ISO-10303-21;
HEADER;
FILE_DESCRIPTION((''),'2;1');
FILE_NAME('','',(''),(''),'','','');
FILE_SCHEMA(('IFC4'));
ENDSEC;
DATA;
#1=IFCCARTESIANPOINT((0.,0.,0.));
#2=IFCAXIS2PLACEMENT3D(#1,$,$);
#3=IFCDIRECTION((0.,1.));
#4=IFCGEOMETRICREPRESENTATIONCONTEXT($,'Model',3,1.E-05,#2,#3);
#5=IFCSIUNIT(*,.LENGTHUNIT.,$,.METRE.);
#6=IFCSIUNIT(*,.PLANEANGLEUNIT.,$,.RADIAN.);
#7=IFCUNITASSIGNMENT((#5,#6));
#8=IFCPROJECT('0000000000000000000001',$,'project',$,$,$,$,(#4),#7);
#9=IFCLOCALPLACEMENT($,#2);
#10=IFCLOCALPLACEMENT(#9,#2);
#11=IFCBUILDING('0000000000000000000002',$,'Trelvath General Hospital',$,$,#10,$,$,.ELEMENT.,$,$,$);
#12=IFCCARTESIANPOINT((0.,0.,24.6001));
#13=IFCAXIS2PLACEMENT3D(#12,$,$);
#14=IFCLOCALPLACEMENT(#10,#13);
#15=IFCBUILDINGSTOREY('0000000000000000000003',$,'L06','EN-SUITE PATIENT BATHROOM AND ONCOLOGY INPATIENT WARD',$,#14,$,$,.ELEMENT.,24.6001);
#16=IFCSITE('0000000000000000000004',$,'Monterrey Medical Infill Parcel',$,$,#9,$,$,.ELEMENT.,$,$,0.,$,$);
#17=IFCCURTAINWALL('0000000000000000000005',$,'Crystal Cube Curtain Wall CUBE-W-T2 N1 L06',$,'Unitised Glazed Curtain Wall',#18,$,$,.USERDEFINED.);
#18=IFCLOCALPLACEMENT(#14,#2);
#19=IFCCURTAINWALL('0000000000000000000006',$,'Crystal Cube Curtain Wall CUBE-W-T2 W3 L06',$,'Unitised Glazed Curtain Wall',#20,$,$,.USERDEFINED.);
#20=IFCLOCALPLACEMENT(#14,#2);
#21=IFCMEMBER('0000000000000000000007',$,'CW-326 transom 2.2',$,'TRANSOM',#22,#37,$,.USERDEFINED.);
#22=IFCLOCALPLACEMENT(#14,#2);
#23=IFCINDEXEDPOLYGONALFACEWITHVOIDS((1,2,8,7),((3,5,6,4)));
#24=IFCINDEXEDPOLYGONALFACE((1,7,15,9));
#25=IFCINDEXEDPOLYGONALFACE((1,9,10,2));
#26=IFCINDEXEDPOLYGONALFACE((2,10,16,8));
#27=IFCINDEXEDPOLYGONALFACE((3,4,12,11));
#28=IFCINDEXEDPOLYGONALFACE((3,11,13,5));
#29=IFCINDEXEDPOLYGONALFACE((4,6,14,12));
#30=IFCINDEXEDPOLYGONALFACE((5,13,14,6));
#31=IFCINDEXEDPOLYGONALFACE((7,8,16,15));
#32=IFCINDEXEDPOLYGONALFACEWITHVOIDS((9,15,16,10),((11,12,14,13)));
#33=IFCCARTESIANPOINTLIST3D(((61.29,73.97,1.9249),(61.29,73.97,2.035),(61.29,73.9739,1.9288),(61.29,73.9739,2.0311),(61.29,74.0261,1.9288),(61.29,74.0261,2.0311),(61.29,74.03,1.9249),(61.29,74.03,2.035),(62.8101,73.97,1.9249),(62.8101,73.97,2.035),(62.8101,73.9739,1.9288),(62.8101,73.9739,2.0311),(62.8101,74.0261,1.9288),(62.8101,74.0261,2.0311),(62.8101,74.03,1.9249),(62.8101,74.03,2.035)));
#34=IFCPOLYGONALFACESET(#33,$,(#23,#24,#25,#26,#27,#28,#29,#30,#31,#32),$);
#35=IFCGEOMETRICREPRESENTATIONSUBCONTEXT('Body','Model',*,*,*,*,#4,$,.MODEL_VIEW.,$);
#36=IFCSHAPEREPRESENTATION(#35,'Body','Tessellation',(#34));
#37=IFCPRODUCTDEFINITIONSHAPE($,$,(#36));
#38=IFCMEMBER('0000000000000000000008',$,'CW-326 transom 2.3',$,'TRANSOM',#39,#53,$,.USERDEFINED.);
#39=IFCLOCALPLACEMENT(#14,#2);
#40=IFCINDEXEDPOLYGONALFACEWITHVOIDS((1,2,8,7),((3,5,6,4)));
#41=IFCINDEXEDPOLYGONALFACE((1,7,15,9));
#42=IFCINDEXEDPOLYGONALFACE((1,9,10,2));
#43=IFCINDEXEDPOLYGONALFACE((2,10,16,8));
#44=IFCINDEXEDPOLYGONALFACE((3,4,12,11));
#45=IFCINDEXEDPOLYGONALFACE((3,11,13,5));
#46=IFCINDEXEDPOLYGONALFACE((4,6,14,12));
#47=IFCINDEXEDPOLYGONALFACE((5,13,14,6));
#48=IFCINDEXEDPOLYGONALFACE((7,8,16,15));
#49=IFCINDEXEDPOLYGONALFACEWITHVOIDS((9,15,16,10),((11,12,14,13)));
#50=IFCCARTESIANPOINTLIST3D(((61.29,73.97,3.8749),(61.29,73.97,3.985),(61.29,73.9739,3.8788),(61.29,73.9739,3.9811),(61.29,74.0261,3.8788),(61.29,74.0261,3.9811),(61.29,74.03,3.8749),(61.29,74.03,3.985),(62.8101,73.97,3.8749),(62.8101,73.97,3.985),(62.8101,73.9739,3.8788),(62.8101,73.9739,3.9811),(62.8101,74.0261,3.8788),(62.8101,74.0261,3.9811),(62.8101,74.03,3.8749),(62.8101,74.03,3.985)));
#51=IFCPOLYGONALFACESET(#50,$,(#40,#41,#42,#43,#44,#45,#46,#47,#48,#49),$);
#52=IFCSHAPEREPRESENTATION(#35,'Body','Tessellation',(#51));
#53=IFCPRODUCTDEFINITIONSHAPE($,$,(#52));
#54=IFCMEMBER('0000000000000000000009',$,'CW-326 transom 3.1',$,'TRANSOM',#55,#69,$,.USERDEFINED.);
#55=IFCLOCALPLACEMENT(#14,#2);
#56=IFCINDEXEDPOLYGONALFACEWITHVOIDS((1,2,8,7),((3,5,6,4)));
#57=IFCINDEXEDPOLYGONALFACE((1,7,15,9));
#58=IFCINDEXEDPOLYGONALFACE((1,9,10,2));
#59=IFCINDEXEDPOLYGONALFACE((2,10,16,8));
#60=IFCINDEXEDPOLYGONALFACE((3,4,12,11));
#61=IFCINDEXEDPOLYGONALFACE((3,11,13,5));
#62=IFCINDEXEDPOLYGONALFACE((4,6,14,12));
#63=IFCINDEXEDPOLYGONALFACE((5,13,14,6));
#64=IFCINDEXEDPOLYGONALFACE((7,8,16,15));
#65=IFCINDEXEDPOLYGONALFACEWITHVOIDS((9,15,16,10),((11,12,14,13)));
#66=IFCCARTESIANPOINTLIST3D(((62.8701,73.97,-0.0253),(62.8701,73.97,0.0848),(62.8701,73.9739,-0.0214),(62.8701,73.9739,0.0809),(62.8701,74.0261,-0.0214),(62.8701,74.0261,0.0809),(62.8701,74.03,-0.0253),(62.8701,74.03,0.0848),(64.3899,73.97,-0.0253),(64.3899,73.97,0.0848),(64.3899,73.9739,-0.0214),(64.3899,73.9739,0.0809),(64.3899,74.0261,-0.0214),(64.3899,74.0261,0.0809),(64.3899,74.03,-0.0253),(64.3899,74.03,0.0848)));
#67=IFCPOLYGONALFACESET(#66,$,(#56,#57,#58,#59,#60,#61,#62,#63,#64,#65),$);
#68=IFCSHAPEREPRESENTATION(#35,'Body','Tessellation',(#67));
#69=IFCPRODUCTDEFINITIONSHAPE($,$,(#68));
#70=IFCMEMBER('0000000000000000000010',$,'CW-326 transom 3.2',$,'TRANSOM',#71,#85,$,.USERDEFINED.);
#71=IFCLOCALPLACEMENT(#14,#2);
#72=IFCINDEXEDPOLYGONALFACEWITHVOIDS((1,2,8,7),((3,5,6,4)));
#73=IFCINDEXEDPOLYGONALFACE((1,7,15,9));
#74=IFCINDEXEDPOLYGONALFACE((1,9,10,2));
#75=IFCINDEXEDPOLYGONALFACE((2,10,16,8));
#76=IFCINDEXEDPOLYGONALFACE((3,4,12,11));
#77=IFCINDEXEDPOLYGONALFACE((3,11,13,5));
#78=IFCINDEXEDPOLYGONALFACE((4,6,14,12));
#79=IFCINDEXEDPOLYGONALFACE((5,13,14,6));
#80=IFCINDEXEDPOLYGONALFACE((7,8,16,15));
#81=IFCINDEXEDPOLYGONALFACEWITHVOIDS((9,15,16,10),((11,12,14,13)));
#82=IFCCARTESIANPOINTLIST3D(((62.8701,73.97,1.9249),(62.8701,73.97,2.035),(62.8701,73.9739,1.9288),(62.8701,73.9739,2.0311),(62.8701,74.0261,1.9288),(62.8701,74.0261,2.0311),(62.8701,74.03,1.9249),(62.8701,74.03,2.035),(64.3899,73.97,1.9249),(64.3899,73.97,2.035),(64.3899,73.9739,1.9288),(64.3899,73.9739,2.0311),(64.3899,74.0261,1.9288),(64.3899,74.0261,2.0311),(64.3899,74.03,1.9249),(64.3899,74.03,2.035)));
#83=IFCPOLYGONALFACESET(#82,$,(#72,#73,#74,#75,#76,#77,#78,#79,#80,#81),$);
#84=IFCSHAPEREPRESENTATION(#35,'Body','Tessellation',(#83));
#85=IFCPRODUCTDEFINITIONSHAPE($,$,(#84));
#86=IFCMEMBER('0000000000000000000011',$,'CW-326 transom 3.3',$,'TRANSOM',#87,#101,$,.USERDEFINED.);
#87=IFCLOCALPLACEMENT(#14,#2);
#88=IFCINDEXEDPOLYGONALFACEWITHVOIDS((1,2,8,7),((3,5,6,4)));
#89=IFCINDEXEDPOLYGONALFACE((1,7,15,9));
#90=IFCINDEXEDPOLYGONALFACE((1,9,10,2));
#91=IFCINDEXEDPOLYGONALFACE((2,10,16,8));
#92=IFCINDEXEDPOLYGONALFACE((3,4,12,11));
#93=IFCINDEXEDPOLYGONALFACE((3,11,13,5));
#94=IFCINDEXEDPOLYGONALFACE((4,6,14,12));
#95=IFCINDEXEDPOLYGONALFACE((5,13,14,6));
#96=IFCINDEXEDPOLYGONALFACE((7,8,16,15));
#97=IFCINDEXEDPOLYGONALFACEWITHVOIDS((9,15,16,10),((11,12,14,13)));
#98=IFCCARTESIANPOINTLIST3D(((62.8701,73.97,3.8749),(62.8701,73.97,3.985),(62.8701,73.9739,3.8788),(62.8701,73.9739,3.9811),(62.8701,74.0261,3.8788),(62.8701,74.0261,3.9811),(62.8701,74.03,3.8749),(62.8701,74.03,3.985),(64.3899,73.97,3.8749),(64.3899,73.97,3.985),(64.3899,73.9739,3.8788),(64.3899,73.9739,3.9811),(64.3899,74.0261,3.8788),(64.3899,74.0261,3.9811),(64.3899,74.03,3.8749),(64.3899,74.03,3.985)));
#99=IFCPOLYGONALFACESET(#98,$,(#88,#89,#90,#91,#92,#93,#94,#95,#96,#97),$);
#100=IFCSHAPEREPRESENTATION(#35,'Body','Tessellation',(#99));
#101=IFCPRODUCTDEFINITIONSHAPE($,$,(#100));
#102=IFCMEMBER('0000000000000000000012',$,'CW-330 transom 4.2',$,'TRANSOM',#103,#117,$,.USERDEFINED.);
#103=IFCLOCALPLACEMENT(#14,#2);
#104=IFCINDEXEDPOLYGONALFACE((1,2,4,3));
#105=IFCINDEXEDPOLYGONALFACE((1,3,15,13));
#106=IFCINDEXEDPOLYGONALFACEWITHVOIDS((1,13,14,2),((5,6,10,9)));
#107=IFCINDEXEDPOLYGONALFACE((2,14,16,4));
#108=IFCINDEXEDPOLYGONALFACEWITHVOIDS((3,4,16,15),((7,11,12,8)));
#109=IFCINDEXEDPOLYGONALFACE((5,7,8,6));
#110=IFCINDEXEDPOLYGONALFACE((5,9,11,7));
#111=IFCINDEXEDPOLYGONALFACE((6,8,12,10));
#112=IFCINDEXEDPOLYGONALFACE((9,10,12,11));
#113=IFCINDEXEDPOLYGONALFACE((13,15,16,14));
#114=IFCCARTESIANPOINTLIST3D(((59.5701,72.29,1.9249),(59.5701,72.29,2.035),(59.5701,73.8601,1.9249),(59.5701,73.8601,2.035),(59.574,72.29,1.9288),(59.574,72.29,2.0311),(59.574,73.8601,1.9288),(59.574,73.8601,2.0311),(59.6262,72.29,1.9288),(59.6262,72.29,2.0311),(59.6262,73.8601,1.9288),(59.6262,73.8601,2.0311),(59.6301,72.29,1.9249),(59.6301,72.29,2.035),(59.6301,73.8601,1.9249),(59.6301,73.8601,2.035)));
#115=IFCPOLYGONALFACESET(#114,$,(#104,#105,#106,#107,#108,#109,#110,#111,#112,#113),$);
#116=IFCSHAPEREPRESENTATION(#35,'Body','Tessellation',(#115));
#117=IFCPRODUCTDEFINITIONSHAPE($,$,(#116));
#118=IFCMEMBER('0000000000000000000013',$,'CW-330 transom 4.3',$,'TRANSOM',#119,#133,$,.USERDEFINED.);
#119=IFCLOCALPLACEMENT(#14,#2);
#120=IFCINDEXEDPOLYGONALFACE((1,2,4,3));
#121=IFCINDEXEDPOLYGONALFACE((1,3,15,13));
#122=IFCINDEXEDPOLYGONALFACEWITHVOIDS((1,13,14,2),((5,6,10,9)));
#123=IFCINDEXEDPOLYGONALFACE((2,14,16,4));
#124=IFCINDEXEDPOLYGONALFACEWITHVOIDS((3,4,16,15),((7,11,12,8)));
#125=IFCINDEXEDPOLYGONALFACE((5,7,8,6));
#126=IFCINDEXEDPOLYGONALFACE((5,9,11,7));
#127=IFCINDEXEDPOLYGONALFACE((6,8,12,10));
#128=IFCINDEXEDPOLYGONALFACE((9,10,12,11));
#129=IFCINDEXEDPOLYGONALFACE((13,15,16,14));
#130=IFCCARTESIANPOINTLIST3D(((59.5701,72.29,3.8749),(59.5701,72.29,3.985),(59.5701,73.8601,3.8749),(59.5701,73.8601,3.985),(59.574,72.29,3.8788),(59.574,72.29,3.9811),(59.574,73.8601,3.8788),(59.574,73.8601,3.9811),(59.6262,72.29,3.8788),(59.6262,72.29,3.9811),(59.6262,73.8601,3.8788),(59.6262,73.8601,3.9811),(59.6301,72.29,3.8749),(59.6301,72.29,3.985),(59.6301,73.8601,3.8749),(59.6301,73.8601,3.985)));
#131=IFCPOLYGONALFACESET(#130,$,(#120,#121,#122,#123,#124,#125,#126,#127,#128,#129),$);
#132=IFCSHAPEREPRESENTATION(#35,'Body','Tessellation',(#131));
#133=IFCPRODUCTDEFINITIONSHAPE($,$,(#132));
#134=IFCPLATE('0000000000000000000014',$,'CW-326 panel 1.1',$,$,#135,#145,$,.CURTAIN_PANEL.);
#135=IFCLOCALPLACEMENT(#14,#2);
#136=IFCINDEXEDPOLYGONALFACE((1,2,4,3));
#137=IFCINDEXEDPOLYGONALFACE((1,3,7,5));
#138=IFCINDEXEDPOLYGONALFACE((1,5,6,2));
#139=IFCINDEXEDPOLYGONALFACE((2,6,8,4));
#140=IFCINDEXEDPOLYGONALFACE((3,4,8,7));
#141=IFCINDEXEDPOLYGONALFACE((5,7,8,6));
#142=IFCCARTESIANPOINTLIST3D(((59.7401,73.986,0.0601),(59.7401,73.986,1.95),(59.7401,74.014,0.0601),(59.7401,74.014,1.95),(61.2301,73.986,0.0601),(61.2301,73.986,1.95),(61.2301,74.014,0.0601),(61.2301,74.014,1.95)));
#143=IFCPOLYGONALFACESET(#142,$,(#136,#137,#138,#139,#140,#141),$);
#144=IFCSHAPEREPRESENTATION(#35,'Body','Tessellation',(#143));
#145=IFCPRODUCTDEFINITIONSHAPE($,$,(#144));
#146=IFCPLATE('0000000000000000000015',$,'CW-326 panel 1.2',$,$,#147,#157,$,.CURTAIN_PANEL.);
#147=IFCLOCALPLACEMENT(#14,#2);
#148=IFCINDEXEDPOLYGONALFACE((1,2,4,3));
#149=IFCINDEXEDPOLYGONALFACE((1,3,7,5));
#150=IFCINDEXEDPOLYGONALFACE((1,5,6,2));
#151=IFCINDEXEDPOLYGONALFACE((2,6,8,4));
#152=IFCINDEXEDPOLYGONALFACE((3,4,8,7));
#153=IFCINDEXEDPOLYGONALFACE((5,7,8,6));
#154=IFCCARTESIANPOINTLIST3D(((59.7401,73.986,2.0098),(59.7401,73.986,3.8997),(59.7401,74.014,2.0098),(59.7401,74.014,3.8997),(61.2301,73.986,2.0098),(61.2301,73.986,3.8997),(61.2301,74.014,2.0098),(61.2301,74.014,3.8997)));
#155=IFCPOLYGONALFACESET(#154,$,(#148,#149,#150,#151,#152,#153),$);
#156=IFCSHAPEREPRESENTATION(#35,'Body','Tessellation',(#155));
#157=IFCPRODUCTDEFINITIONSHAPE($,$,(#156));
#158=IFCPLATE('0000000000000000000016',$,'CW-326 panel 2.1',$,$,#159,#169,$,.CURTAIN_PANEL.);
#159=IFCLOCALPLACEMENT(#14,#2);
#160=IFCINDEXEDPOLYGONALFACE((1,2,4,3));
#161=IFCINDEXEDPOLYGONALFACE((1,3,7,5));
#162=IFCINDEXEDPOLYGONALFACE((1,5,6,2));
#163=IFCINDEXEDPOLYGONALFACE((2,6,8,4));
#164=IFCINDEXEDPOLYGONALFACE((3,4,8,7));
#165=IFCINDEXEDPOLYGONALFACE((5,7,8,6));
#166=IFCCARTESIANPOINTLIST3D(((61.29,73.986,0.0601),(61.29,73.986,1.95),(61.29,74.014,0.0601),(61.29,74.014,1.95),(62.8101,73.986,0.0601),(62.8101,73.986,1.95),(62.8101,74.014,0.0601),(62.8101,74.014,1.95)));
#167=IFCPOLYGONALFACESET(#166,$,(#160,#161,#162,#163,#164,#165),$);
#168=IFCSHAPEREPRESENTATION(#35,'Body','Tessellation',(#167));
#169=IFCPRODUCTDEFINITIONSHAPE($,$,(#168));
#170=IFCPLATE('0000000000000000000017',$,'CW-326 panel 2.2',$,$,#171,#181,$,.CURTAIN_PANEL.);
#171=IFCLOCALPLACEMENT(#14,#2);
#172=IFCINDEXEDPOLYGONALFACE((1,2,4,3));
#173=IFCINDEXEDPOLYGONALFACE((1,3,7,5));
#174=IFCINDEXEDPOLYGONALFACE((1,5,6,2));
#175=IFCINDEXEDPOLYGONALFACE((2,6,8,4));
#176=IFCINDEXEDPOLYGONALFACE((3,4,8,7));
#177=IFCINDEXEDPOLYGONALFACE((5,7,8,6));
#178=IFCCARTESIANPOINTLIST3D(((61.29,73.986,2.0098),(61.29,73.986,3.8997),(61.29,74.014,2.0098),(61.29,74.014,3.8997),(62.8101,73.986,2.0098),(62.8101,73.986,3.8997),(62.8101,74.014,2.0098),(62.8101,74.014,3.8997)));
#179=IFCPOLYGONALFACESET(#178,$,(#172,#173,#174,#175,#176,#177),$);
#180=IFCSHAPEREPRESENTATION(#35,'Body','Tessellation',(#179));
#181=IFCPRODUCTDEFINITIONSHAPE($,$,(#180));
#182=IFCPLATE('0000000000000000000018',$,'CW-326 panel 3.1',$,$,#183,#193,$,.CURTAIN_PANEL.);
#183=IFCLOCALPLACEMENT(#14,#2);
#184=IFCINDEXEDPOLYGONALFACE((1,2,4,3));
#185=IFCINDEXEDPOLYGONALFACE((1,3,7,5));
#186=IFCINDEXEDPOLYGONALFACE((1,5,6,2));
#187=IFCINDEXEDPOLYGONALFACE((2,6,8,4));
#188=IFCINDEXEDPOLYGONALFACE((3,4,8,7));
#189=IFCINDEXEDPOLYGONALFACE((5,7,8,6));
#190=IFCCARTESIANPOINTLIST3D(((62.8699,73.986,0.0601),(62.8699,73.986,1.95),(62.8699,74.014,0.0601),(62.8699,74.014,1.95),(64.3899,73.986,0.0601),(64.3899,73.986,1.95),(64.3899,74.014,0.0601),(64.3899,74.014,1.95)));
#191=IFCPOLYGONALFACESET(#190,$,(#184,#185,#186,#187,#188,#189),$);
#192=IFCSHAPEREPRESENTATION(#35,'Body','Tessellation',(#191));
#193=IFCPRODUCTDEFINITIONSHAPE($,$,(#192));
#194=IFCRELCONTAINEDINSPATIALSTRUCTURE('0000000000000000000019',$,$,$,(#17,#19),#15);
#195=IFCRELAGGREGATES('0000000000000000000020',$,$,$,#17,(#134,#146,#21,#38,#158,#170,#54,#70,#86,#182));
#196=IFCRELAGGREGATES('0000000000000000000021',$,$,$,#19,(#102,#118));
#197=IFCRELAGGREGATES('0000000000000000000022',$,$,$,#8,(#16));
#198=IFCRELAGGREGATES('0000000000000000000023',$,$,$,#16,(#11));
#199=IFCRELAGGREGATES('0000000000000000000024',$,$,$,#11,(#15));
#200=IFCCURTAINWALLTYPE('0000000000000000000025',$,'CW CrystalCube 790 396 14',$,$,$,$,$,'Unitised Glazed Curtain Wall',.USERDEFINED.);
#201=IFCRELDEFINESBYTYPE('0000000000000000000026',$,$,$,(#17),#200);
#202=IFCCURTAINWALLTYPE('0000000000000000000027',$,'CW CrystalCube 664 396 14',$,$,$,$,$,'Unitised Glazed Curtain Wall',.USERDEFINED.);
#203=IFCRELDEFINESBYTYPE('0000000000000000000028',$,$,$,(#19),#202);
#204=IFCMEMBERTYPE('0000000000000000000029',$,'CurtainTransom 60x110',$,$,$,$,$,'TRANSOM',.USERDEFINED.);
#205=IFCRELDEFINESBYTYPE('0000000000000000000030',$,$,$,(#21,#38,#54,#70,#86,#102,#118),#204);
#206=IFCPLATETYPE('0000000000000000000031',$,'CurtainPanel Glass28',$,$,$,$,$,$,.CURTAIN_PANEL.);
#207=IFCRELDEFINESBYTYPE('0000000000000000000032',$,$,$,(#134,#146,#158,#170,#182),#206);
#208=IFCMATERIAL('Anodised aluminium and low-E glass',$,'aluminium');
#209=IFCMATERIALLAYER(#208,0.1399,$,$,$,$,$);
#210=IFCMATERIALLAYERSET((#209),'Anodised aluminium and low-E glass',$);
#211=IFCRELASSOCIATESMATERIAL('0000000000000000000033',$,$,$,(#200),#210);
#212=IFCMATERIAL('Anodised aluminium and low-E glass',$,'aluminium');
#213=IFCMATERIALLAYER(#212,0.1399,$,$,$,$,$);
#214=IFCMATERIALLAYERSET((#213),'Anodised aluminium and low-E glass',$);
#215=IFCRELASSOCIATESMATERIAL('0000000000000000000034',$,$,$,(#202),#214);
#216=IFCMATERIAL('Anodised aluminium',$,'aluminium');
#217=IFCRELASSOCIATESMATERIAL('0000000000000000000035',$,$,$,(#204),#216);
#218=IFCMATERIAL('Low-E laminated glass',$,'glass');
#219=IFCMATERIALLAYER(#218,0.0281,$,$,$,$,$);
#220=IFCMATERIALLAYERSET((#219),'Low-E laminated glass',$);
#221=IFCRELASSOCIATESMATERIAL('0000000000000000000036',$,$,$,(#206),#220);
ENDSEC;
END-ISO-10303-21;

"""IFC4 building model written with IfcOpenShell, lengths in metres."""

from ifc_helpers import new_model, si_unit, direction, frame, origin, origin_2d, place, context, subcontext, project, spatial, rectangle, hollow_rectangle, extrude, material, layer, layer_set, material_profile, profile_set, type_object, element, aggregate, save


model = new_model("IFC4")

# Units and contexts
model_context = context("Model", 3, precision=1e-05, world=origin(), true_north=direction((0.0, 1.0)))
body_context = subcontext(model_context, "Body", "Model", "MODEL_VIEW")
ifc_project = project(units=[si_unit("LENGTHUNIT", "METRE"), si_unit("PLANEANGLEUNIT", "RADIAN")], contexts=[model_context])

# Site, building, storey
site_placement = place(None, origin())
site = spatial("IfcSite", under=ifc_project, at=site_placement, Name="Monterrey Medical Infill Parcel", CompositionType="ELEMENT", RefElevation=0.0)
building_placement = place(site_placement, origin())
building = spatial("IfcBuilding", under=site, at=building_placement, Name="Trelvath General Hospital", CompositionType="ELEMENT")
storey_placement = place(building_placement, frame((0.0, 0.0, 24.6001)))
storey = spatial("IfcBuildingStorey", under=building, at=storey_placement, Name="L06", Description="EN-SUITE PATIENT BATHROOM AND ONCOLOGY INPATIENT WARD", CompositionType="ELEMENT", Elevation=24.6001)

# Curtain wall
ifc_material_1 = material(Name="Anodised aluminium and low-E glass", Category="aluminium")
ifc_layer_1 = layer(ifc_material_1, 0.1399)
ifc_layer_set_1 = layer_set([ifc_layer_1], Name="Anodised aluminium and low-E glass")
curtain_wall_type_1 = type_object("IfcCurtainWallType", Name="CW CrystalCube 790 396 14", ElementType="Unitised Glazed Curtain Wall", PredefinedType="USERDEFINED", material=ifc_layer_set_1)
curtain_wall_1_placement = place(storey_placement, origin())
curtain_wall_1 = element("IfcCurtainWall", 1, at=curtain_wall_1_placement, inside=storey, type_object=curtain_wall_type_1, Name="Crystal Cube Curtain Wall CUBE-W-T2 N1 L06", ObjectType="Unitised Glazed Curtain Wall", PredefinedType="USERDEFINED")

# Curtain wall
ifc_material_2 = material(Name="Anodised aluminium and low-E glass", Category="aluminium")
ifc_layer_2 = layer(ifc_material_2, 0.1399)
ifc_layer_set_2 = layer_set([ifc_layer_2], Name="Anodised aluminium and low-E glass")
curtain_wall_type_2 = type_object("IfcCurtainWallType", Name="CW CrystalCube 664 396 14", ElementType="Unitised Glazed Curtain Wall", PredefinedType="USERDEFINED", material=ifc_layer_set_2)
curtain_wall_2_placement = place(storey_placement, origin())
curtain_wall_2 = element("IfcCurtainWall", 2, at=curtain_wall_2_placement, inside=storey, type_object=curtain_wall_type_2, Name="Crystal Cube Curtain Wall CUBE-W-T2 W3 L06", ObjectType="Unitised Glazed Curtain Wall", PredefinedType="USERDEFINED")

# Members
ifc_material_3 = material(Name="Anodised aluminium", Category="aluminium")
ifc_material_profile_1 = material_profile(ifc_material_3, hollow_rectangle(XDim=0.0601, YDim=0.1101, WallThickness=0.0039, at=origin_2d()), Name="RHS60x110x4")
ifc_profile_set_1 = profile_set([ifc_material_profile_1], Name="Anodised aluminium")
member_type_1 = type_object("IfcMemberType", Name="CurtainTransom 60x110", ElementType="TRANSOM", PredefinedType="USERDEFINED", material=ifc_profile_set_1)
member_1_placement = place(storey_placement, frame((61.29, 74.0, 1.98), z_axis=(1.0, 0.0, 0.0), x_axis=(0.0, 1.0, 0.0)))
member_1 = element("IfcMember", 3, at=member_1_placement, type_object=member_type_1, Name="CW-326 transom 2.2", ObjectType="TRANSOM", PredefinedType="USERDEFINED", context=body_context, shape_type="SweptSolid", body=[
    extrude(hollow_rectangle(XDim=0.0601, YDim=0.1101, WallThickness=0.0039, at=origin_2d()), origin(), (0.0, 0.0, 1.0), 1.52),
])
member_2_placement = place(storey_placement, frame((61.29, 74.0, 3.9299), z_axis=(1.0, 0.0, 0.0), x_axis=(0.0, 1.0, 0.0)))
member_2 = element("IfcMember", 4, at=member_2_placement, type_object=member_type_1, Name="CW-326 transom 2.3", ObjectType="TRANSOM", PredefinedType="USERDEFINED", context=body_context, shape_type="SweptSolid", body=[
    extrude(hollow_rectangle(XDim=0.0601, YDim=0.1101, WallThickness=0.0039, at=origin_2d()), origin(), (0.0, 0.0, 1.0), 1.52),
])
member_3_placement = place(storey_placement, frame((62.8701, 74.0, 0.0298), z_axis=(1.0, 0.0, 0.0), x_axis=(0.0, 1.0, 0.0)))
member_3 = element("IfcMember", 5, at=member_3_placement, type_object=member_type_1, Name="CW-326 transom 3.1", ObjectType="TRANSOM", PredefinedType="USERDEFINED", context=body_context, shape_type="SweptSolid", body=[
    extrude(hollow_rectangle(XDim=0.0601, YDim=0.1101, WallThickness=0.0039, at=origin_2d()), origin(), (0.0, 0.0, 1.0), 1.5198),
])
member_4_placement = place(storey_placement, frame((62.8701, 74.0, 1.98), z_axis=(1.0, 0.0, 0.0), x_axis=(0.0, 1.0, 0.0)))
member_4 = element("IfcMember", 6, at=member_4_placement, type_object=member_type_1, Name="CW-326 transom 3.2", ObjectType="TRANSOM", PredefinedType="USERDEFINED", context=body_context, shape_type="SweptSolid", body=[
    extrude(hollow_rectangle(XDim=0.0601, YDim=0.1101, WallThickness=0.0039, at=origin_2d()), origin(), (0.0, 0.0, 1.0), 1.5198),
])
member_5_placement = place(storey_placement, frame((62.8701, 74.0, 3.9299), z_axis=(1.0, 0.0, 0.0), x_axis=(0.0, 1.0, 0.0)))
member_5 = element("IfcMember", 7, at=member_5_placement, type_object=member_type_1, Name="CW-326 transom 3.3", ObjectType="TRANSOM", PredefinedType="USERDEFINED", context=body_context, shape_type="SweptSolid", body=[
    extrude(hollow_rectangle(XDim=0.0601, YDim=0.1101, WallThickness=0.0039, at=origin_2d()), origin(), (0.0, 0.0, 1.0), 1.5198),
])
member_6_placement = place(storey_placement, frame((59.6001, 72.29, 1.98), z_axis=(0.0, 1.0, 0.0), x_axis=(-1.0, 0.0, 0.0)))
member_6 = element("IfcMember", 8, at=member_6_placement, type_object=member_type_1, Name="CW-330 transom 4.2", ObjectType="TRANSOM", PredefinedType="USERDEFINED", context=body_context, shape_type="SweptSolid", body=[
    extrude(hollow_rectangle(XDim=0.0601, YDim=0.1101, WallThickness=0.0039, at=origin_2d()), origin(), (0.0, 0.0, 1.0), 1.5701),
])
member_7_placement = place(storey_placement, frame((59.6001, 72.29, 3.9299), z_axis=(0.0, 1.0, 0.0), x_axis=(-1.0, 0.0, 0.0)))
member_7 = element("IfcMember", 9, at=member_7_placement, type_object=member_type_1, Name="CW-330 transom 4.3", ObjectType="TRANSOM", PredefinedType="USERDEFINED", context=body_context, shape_type="SweptSolid", body=[
    extrude(hollow_rectangle(XDim=0.0601, YDim=0.1101, WallThickness=0.0039, at=origin_2d()), origin(), (0.0, 0.0, 1.0), 1.5701),
])

# Plates
ifc_material_4 = material(Name="Low-E laminated glass", Category="glass")
ifc_layer_3 = layer(ifc_material_4, 0.0281)
ifc_layer_set_3 = layer_set([ifc_layer_3], Name="Low-E laminated glass")
plate_type = type_object("IfcPlateType", Name="CurtainPanel Glass28", PredefinedType="CURTAIN_PANEL", material=ifc_layer_set_3)
plate_1_placement = place(storey_placement, frame((60.4851, 74.0, 0.0601), z_axis=(0.0, 0.0, 1.0), x_axis=(1.0, 0.0, 0.0)))
plate_1 = element("IfcPlate", 10, at=plate_1_placement, type_object=plate_type, Name="CW-326 panel 1.1", PredefinedType="CURTAIN_PANEL", context=body_context, shape_type="SweptSolid", body=[
    extrude(rectangle(XDim=1.49, YDim=0.0281, at=origin_2d()), origin(), (0.0, 0.0, 1.0), 1.8899),
])
plate_2_placement = place(storey_placement, frame((60.4851, 74.0, 2.0098), z_axis=(0.0, 0.0, 1.0), x_axis=(1.0, 0.0, 0.0)))
plate_2 = element("IfcPlate", 11, at=plate_2_placement, type_object=plate_type, Name="CW-326 panel 1.2", PredefinedType="CURTAIN_PANEL", context=body_context, shape_type="SweptSolid", body=[
    extrude(rectangle(XDim=1.49, YDim=0.0281, at=origin_2d()), origin(), (0.0, 0.0, 1.0), 1.8899),
])
plate_3_placement = place(storey_placement, frame((62.05, 74.0, 0.0601), z_axis=(0.0, 0.0, 1.0), x_axis=(1.0, 0.0, 0.0)))
plate_3 = element("IfcPlate", 12, at=plate_3_placement, type_object=plate_type, Name="CW-326 panel 2.1", PredefinedType="CURTAIN_PANEL", context=body_context, shape_type="SweptSolid", body=[
    extrude(rectangle(XDim=1.52, YDim=0.0281, at=origin_2d()), origin(), (0.0, 0.0, 1.0), 1.8899),
])
plate_4_placement = place(storey_placement, frame((62.05, 74.0, 2.0098), z_axis=(0.0, 0.0, 1.0), x_axis=(1.0, 0.0, 0.0)))
plate_4 = element("IfcPlate", 13, at=plate_4_placement, type_object=plate_type, Name="CW-326 panel 2.2", PredefinedType="CURTAIN_PANEL", context=body_context, shape_type="SweptSolid", body=[
    extrude(rectangle(XDim=1.52, YDim=0.0281, at=origin_2d()), origin(), (0.0, 0.0, 1.0), 1.8899),
])
plate_5_placement = place(storey_placement, frame((63.6299, 74.0, 0.0601), z_axis=(0.0, 0.0, 1.0), x_axis=(1.0, 0.0, 0.0)))
plate_5 = element("IfcPlate", 14, at=plate_5_placement, type_object=plate_type, Name="CW-326 panel 3.1", PredefinedType="CURTAIN_PANEL", context=body_context, shape_type="SweptSolid", body=[
    extrude(rectangle(XDim=1.52, YDim=0.0281, at=origin_2d()), origin(), (0.0, 0.0, 1.0), 1.8899),
])
aggregate(curtain_wall_1, [plate_1, plate_2, member_1, member_2, plate_3, plate_4, member_3, member_4, member_5, plate_5])
aggregate(curtain_wall_2, [member_6, member_7])

save(model, "model.ifc")
